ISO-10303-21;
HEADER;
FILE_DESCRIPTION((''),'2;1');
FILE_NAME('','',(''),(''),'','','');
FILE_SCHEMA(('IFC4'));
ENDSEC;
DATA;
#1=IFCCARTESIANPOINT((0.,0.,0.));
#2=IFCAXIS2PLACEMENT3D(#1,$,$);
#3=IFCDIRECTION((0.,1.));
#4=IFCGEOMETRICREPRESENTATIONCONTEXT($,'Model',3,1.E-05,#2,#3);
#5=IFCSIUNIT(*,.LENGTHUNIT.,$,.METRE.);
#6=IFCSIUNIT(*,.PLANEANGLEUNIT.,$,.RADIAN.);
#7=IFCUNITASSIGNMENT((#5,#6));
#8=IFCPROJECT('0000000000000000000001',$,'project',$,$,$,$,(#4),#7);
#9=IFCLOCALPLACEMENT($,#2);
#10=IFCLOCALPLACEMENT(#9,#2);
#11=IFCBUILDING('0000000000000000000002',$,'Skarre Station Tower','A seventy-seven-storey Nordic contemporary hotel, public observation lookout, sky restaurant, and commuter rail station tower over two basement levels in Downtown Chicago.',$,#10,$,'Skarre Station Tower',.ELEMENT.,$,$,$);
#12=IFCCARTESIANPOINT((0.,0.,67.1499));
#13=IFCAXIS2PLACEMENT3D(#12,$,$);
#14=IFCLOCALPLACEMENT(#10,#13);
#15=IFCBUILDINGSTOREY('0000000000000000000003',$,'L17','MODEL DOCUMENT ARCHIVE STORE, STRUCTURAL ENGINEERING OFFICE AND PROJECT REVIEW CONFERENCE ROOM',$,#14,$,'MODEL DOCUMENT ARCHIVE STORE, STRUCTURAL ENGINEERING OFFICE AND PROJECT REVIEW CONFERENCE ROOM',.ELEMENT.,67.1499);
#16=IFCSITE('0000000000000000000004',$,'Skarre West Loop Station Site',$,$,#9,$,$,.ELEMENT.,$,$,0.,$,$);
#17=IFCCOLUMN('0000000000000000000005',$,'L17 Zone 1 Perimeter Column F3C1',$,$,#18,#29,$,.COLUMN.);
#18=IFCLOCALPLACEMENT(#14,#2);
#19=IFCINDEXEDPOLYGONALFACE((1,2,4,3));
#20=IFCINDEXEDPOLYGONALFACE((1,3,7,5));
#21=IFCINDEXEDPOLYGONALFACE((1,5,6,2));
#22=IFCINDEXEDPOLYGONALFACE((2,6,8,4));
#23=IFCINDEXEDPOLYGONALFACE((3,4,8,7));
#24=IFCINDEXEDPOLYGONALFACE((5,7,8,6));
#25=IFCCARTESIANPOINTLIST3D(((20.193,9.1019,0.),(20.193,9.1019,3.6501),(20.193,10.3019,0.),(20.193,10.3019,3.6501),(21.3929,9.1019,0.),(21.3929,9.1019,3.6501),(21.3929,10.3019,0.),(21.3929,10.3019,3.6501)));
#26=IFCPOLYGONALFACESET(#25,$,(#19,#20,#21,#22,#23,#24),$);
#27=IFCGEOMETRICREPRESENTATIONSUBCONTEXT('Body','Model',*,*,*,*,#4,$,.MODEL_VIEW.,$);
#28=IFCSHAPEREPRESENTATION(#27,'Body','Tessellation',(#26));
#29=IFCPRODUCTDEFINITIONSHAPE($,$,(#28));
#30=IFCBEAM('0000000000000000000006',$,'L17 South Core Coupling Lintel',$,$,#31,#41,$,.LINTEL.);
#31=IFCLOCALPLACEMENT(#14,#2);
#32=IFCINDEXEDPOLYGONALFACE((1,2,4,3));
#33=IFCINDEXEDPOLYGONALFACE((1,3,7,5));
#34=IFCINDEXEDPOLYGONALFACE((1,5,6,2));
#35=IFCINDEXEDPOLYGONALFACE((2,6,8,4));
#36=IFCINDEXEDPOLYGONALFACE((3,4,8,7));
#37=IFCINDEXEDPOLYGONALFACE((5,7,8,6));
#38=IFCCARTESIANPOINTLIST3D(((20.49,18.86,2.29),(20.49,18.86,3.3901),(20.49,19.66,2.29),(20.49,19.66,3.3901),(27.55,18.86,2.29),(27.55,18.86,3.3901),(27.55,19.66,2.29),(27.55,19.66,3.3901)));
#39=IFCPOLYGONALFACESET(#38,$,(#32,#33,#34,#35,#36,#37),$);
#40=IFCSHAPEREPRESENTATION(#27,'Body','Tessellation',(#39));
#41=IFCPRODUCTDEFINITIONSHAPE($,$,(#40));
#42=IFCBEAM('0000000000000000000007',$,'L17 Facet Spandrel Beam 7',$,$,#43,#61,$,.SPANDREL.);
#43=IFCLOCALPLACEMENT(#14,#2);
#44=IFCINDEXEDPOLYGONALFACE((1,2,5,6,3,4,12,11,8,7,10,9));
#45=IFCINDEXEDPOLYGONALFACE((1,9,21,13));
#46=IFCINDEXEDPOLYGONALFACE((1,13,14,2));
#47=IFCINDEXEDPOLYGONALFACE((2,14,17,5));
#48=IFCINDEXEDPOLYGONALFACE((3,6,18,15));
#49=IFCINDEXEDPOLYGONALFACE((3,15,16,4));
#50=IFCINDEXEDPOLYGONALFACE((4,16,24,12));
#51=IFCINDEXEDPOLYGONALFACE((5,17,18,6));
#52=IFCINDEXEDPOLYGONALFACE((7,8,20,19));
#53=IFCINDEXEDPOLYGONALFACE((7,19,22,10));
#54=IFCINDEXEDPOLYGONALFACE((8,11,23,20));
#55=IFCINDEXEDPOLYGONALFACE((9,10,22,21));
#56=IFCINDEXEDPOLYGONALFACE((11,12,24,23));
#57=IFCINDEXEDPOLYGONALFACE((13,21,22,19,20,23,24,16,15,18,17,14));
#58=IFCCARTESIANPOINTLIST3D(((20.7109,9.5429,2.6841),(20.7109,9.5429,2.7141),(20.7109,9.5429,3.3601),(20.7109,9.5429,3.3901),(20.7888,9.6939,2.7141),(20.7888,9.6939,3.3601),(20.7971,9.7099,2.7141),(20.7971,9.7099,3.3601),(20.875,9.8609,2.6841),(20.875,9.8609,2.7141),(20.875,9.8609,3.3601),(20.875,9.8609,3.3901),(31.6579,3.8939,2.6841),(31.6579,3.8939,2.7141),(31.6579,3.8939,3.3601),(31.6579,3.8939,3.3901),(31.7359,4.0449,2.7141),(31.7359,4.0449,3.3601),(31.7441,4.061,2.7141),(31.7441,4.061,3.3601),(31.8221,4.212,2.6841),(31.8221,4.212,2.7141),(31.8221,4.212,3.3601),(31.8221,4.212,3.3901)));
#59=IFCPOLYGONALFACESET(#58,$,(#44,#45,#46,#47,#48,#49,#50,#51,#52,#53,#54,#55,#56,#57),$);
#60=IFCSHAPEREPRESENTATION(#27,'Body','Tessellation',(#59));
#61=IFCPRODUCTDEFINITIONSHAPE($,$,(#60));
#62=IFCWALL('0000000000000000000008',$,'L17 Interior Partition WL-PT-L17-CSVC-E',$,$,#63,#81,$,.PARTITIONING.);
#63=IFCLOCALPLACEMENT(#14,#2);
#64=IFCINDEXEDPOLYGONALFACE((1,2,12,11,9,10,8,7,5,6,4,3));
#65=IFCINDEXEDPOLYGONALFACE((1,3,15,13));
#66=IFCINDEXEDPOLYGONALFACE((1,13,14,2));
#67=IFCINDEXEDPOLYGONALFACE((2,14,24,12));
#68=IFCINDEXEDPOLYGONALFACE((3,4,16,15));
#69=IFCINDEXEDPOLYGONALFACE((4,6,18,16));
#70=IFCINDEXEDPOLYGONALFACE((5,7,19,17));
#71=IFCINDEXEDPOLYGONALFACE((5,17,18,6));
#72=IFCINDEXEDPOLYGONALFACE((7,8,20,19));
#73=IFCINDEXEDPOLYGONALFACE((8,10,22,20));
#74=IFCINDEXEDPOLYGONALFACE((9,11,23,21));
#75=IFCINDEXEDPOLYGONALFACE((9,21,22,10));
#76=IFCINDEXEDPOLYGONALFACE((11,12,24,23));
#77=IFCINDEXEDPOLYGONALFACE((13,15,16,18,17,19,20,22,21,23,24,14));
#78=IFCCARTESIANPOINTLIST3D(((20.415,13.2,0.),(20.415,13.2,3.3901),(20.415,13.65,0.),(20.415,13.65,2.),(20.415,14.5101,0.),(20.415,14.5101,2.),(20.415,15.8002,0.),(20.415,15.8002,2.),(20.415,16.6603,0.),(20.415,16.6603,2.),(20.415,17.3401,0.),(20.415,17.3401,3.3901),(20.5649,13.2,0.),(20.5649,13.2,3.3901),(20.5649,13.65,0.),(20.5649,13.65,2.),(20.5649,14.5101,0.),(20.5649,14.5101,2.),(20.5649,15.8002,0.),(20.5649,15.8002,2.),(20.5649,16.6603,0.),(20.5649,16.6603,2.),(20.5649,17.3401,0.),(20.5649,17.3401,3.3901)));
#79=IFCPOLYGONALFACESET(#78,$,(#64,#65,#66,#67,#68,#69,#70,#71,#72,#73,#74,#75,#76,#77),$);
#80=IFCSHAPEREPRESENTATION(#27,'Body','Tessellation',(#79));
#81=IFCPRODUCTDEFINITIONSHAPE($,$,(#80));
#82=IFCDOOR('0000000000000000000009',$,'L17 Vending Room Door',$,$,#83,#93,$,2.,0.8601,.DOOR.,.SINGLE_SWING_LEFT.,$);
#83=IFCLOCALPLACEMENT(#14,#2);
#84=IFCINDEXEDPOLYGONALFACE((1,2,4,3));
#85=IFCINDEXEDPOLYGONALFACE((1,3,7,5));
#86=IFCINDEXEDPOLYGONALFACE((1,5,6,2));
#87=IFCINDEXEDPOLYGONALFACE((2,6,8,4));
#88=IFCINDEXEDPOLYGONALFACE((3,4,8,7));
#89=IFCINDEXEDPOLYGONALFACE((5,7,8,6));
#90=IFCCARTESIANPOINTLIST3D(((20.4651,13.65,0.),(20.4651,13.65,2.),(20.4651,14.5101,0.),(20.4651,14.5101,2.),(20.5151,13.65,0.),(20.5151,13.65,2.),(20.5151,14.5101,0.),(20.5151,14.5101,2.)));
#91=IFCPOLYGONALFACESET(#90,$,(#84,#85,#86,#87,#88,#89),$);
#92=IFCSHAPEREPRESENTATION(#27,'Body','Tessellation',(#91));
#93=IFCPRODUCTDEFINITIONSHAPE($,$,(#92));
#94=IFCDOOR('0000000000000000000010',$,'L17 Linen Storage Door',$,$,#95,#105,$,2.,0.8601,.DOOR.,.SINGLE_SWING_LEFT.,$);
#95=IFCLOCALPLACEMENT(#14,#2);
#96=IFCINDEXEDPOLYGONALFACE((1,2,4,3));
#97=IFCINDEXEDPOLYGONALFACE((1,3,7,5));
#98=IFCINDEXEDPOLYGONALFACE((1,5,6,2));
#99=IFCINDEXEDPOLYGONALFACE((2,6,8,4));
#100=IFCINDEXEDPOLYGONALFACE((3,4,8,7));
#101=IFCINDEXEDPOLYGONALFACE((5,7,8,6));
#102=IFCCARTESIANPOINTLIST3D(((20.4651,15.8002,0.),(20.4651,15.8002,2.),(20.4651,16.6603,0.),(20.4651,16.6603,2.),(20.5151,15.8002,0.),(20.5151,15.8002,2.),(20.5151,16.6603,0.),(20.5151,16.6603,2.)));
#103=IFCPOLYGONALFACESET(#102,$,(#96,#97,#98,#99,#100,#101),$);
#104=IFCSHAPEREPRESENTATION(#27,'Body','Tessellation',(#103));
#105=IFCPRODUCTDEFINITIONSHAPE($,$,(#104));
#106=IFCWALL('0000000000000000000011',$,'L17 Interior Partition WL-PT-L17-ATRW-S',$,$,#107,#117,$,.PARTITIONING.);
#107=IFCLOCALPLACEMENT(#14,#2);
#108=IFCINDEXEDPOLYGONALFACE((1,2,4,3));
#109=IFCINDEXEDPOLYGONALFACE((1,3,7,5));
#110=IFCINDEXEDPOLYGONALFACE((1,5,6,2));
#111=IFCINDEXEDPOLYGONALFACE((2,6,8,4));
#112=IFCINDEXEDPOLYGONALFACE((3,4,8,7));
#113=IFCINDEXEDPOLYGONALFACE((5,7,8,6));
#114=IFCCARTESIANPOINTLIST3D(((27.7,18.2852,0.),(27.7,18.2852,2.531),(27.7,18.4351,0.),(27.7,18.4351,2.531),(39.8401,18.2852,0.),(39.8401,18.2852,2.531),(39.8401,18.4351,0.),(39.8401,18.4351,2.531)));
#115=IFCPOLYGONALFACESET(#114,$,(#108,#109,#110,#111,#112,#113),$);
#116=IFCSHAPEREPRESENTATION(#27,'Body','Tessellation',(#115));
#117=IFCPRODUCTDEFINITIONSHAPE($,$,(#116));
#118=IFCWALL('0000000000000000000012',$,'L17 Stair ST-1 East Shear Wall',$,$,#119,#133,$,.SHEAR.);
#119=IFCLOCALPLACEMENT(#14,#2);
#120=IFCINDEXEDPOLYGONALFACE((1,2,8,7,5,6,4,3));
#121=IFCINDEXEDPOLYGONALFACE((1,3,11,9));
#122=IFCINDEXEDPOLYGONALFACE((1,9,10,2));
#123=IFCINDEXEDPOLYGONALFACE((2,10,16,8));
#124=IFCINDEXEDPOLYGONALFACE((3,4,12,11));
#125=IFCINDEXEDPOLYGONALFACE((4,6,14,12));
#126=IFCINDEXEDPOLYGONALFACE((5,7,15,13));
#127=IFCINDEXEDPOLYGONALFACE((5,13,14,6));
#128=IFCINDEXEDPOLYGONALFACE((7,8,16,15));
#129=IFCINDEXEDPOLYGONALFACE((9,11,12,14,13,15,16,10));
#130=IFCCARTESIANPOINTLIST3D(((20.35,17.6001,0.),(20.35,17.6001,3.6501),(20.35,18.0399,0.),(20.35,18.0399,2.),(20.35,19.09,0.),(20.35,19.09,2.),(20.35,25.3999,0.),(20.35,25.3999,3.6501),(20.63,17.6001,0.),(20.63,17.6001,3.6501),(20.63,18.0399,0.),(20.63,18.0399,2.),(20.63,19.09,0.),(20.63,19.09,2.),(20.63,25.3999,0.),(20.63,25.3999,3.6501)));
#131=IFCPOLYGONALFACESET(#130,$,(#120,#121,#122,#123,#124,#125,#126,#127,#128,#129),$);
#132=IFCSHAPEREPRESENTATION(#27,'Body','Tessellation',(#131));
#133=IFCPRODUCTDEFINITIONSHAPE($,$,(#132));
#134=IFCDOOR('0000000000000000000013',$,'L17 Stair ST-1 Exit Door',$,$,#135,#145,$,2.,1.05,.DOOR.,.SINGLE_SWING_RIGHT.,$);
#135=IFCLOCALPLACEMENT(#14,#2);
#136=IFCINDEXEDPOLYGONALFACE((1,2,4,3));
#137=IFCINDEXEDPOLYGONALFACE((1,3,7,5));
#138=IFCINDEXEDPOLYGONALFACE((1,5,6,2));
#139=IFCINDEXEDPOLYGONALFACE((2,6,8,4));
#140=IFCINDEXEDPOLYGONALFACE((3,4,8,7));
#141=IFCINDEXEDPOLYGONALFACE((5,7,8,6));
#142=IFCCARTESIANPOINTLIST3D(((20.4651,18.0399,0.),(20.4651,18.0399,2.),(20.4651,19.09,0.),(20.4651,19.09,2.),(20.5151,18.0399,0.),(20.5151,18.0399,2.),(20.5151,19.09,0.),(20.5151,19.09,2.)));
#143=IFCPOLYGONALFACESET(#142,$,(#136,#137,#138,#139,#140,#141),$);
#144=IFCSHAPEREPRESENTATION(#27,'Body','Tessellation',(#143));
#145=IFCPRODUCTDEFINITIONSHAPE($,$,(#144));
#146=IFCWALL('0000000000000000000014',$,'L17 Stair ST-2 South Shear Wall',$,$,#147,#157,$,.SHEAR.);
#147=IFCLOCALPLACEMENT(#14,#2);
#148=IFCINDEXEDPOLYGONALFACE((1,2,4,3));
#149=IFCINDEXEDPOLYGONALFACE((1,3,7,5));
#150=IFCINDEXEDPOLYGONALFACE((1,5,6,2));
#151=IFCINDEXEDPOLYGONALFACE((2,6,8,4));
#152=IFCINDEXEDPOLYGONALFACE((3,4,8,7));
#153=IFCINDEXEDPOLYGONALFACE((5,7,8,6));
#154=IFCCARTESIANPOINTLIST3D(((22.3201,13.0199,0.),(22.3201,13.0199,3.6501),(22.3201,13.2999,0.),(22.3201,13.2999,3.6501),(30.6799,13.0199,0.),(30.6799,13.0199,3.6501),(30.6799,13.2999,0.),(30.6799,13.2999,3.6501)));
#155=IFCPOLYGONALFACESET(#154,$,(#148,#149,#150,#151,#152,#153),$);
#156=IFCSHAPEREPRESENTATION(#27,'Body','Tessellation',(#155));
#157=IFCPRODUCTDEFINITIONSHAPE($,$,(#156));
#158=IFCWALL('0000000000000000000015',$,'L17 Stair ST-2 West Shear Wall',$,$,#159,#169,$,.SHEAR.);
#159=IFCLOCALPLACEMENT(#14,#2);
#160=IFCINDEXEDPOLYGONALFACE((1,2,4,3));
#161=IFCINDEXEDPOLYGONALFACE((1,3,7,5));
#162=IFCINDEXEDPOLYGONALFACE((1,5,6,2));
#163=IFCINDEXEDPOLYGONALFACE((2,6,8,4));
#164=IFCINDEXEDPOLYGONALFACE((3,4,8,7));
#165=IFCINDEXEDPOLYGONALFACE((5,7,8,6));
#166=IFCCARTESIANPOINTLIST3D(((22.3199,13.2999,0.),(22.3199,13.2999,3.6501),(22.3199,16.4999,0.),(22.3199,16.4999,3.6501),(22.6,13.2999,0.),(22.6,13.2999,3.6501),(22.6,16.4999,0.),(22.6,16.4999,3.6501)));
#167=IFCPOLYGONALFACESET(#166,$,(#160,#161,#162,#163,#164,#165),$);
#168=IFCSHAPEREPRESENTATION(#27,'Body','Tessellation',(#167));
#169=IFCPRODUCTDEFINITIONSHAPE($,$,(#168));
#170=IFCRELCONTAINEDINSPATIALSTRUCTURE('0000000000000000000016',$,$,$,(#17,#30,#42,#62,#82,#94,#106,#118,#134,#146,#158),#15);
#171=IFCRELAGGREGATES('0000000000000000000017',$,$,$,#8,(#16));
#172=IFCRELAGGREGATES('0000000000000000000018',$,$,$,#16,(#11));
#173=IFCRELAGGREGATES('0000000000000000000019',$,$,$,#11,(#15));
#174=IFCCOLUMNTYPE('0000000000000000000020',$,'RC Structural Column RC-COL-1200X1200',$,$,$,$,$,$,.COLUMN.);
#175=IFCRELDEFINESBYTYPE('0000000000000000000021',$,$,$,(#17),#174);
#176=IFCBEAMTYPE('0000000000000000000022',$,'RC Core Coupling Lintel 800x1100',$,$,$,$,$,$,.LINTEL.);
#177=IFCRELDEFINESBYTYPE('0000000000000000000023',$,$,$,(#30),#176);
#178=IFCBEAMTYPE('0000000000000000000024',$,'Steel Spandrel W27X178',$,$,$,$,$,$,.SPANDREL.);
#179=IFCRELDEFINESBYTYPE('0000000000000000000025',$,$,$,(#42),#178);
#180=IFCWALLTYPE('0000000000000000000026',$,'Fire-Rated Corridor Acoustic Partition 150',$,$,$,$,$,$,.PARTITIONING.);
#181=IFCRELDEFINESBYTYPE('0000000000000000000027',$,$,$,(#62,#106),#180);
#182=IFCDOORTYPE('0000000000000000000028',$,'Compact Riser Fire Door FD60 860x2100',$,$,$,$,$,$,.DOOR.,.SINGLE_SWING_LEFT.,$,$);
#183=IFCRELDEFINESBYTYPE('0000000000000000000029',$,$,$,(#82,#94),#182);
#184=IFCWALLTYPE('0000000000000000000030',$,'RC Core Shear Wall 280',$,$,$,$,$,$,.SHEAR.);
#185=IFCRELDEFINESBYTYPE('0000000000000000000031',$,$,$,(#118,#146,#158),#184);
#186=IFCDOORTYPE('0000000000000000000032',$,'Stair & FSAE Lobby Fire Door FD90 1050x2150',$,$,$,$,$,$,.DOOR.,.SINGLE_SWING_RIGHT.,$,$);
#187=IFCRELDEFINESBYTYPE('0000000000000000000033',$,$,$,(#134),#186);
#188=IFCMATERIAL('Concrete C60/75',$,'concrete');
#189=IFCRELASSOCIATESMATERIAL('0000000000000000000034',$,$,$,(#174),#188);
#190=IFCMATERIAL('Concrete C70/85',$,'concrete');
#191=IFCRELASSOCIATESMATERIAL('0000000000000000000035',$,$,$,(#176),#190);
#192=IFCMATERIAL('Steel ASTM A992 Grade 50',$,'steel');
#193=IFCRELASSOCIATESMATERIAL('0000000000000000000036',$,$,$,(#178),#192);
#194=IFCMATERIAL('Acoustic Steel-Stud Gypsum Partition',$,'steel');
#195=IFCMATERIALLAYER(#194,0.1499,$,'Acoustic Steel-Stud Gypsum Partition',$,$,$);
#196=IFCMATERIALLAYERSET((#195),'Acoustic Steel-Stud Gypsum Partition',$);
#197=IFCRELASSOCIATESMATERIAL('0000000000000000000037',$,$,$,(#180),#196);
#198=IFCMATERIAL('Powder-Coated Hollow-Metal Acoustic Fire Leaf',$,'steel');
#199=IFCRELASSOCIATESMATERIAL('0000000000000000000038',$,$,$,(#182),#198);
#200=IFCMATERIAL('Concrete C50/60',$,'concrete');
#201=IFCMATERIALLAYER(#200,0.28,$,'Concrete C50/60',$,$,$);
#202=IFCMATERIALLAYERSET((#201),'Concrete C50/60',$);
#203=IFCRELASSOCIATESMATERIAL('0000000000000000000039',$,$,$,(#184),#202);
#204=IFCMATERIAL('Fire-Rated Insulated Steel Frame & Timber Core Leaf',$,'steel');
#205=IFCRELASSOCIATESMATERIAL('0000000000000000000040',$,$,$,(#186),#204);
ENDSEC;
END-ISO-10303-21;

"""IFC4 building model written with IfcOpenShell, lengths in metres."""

from ifc_helpers import new_model, si_unit, direction, frame, frame_2d, origin, origin_2d, place, context, subcontext, project, spatial, rectangle, i_section, extrude, material, layer, layer_set, material_profile, profile_set, type_object, element, fill, save


model = new_model("IFC4")

# Units and contexts
model_context = context("Model", 3, precision=1e-05, world=origin(), true_north=direction((0.0, 1.0)))
body_context = subcontext(model_context, "Body", "Model", "MODEL_VIEW")
ifc_project = project(units=[si_unit("LENGTHUNIT", "METRE"), si_unit("PLANEANGLEUNIT", "RADIAN")], contexts=[model_context])

# Site, building, storey
site_placement = place(None, origin())
site = spatial("IfcSite", under=ifc_project, at=site_placement, Name="Skarre West Loop Station Site", CompositionType="ELEMENT", RefElevation=0.0)
building_placement = place(site_placement, origin())
building = spatial("IfcBuilding", under=site, at=building_placement, Name="Skarre Station Tower", Description="A seventy-seven-storey Nordic contemporary hotel, public observation lookout, sky restaurant, and commuter rail station tower over two basement levels in Downtown Chicago.", LongName="Skarre Station Tower", CompositionType="ELEMENT")
storey_placement = place(building_placement, frame((0.0, 0.0, 67.1499)))
storey = spatial("IfcBuildingStorey", under=building, at=storey_placement, Name="L17", Description="MODEL DOCUMENT ARCHIVE STORE, STRUCTURAL ENGINEERING OFFICE AND PROJECT REVIEW CONFERENCE ROOM", LongName="MODEL DOCUMENT ARCHIVE STORE, STRUCTURAL ENGINEERING OFFICE AND PROJECT REVIEW CONFERENCE ROOM", CompositionType="ELEMENT", Elevation=67.1499)

# Column
ifc_material_1 = material(Name="Concrete C60/75", Category="concrete")
ifc_material_profile_1 = material_profile(ifc_material_1, rectangle(XDim=1.2, YDim=1.2, at=origin_2d()), Name="Concrete C60/75")
ifc_profile_set_1 = profile_set([ifc_material_profile_1], Name="Concrete C60/75")
column_type = type_object("IfcColumnType", Name="RC Structural Column RC-COL-1200X1200", PredefinedType="COLUMN", material=ifc_profile_set_1)
column_placement = place(storey_placement, frame((20.793, 9.7019, 0.0), z_axis=(0.0, 0.0, 1.0), x_axis=(1.0, 0.0, 0.0)))
element("IfcColumn", 1, at=column_placement, inside=storey, type_object=column_type, Name="L17 Zone 1 Perimeter Column F3C1", PredefinedType="COLUMN", context=body_context, shape_type="SweptSolid", body=[
    extrude(rectangle(XDim=1.2, YDim=1.2, at=origin_2d()), origin(), (0.0, 0.0, 1.0), 3.6501),
])

# Beams
ifc_material_2 = material(Name="Concrete C70/85", Category="concrete")
ifc_material_profile_2 = material_profile(ifc_material_2, rectangle(XDim=0.8, YDim=1.1001, at=origin_2d()), Name="Concrete C70/85")
ifc_profile_set_2 = profile_set([ifc_material_profile_2], Name="Concrete C70/85")
beam_type_1 = type_object("IfcBeamType", Name="RC Core Coupling Lintel 800x1100", PredefinedType="LINTEL", material=ifc_profile_set_2)
beam_1_placement = place(storey_placement, frame((20.49, 19.26, 2.8401), z_axis=(1.0, 0.0, 0.0), x_axis=(0.0, 1.0, 0.0)))
element("IfcBeam", 2, at=beam_1_placement, inside=storey, type_object=beam_type_1, Name="L17 South Core Coupling Lintel", PredefinedType="LINTEL", context=body_context, shape_type="SweptSolid", body=[
    extrude(rectangle(XDim=0.8, YDim=1.1001, at=origin_2d()), origin(), (0.0, 0.0, 1.0), 7.0601),
])
ifc_material_3 = material(Name="Steel ASTM A992 Grade 50", Category="steel")
ifc_material_profile_3 = material_profile(ifc_material_3, i_section(OverallWidth=0.3579, OverallDepth=0.7061, WebThickness=0.0181, FlangeThickness=0.03, at=origin_2d()), Name="Steel ASTM A992 Grade 50")
ifc_profile_set_3 = profile_set([ifc_material_profile_3], Name="Steel ASTM A992 Grade 50")
beam_type_2 = type_object("IfcBeamType", Name="Steel Spandrel W27X178", PredefinedType="SPANDREL", material=ifc_profile_set_3)
beam_2_placement = place(storey_placement, frame((20.793, 9.7019, 3.0371), z_axis=(0.888659, -0.458569, 0.0), x_axis=(0.458569, 0.888659, 0.0)))
element("IfcBeam", 3, at=beam_2_placement, inside=storey, type_object=beam_type_2, Name="L17 Facet Spandrel Beam 7", PredefinedType="SPANDREL", context=body_context, shape_type="SweptSolid", body=[
    extrude(i_section(OverallWidth=0.3579, OverallDepth=0.7061, WebThickness=0.0181, FlangeThickness=0.03, at=origin_2d()), origin(), (0.0, 0.0, 1.0), 12.3186),
])

# Wall, openings, doors
ifc_material_4 = material(Name="Acoustic Steel-Stud Gypsum Partition", Category="steel")
ifc_layer_1 = layer(ifc_material_4, 0.1499, Name="Acoustic Steel-Stud Gypsum Partition")
ifc_layer_set_1 = layer_set([ifc_layer_1], Name="Acoustic Steel-Stud Gypsum Partition")
wall_type_1 = type_object("IfcWallType", Name="Fire-Rated Corridor Acoustic Partition 150", PredefinedType="PARTITIONING", material=ifc_layer_set_1)
wall_1_placement = place(storey_placement, frame((20.49, 13.2, 0.0), z_axis=(0.0, 0.0, 1.0), x_axis=(0.0, 1.0, 0.0)))
wall_1 = element("IfcWall", 4, at=wall_1_placement, inside=storey, type_object=wall_type_1, Name="L17 Interior Partition WL-PT-L17-CSVC-E", PredefinedType="PARTITIONING", context=body_context, shape_type="SweptSolid", body=[
    extrude(rectangle(XDim=4.1401, YDim=0.1499, at=frame_2d((2.0701, 0.0))), origin(), (0.0, 0.0, 1.0), 3.3901),
])
opening_1_placement = place(wall_1_placement, frame((0.45, 0.0, 0.0)))
opening_1 = element("IfcOpeningElement", 5, at=opening_1_placement, cuts=wall_1, PredefinedType="OPENING", context=body_context, shape_type="SweptSolid", body=[
    extrude(rectangle(XDim=0.8601, YDim=2.0, at=frame_2d((0.4302, 1.0))), frame((0.0, 0.085, 0.0), z_axis=(0.0, -1.0, 0.0), x_axis=(1.0, 0.0, 0.0)), (0.0, 0.0, 1.0), 0.1699),
])
opening_2_placement = place(wall_1_placement, frame((2.6001, 0.0, 0.0)))
opening_2 = element("IfcOpeningElement", 6, at=opening_2_placement, cuts=wall_1, PredefinedType="OPENING", context=body_context, shape_type="SweptSolid", body=[
    extrude(rectangle(XDim=0.8601, YDim=2.0, at=frame_2d((0.4302, 1.0))), frame((0.0, 0.085, 0.0), z_axis=(0.0, -1.0, 0.0), x_axis=(1.0, 0.0, 0.0)), (0.0, 0.0, 1.0), 0.1699),
])
ifc_material_5 = material(Name="Powder-Coated Hollow-Metal Acoustic Fire Leaf", Category="steel")
door_type_1 = type_object("IfcDoorType", Name="Compact Riser Fire Door FD60 860x2100", OperationType="SINGLE_SWING_LEFT", PredefinedType="DOOR", material=ifc_material_5)
door_1_placement = place(opening_1_placement, origin())
door_1 = element("IfcDoor", 7, at=door_1_placement, inside=storey, type_object=door_type_1, Name="L17 Vending Room Door", OperationType="SINGLE_SWING_LEFT", OverallHeight=2.0, OverallWidth=0.8601, PredefinedType="DOOR", context=body_context, shape_type="SweptSolid", body=[
    extrude(rectangle(XDim=0.8601, YDim=2.0, at=frame_2d((0.4302, 1.0))), frame((0.0, 0.0249, 0.0), z_axis=(0.0, -1.0, 0.0), x_axis=(1.0, 0.0, 0.0)), (0.0, 0.0, 1.0), 0.05),
])
fill(opening_1, door_1)
door_2_placement = place(opening_2_placement, origin())
door_2 = element("IfcDoor", 8, at=door_2_placement, inside=storey, type_object=door_type_1, Name="L17 Linen Storage Door", OperationType="SINGLE_SWING_LEFT", OverallHeight=2.0, OverallWidth=0.8601, PredefinedType="DOOR", context=body_context, shape_type="SweptSolid", body=[
    extrude(rectangle(XDim=0.8601, YDim=2.0, at=frame_2d((0.4302, 1.0))), frame((0.0, 0.0249, 0.0), z_axis=(0.0, -1.0, 0.0), x_axis=(1.0, 0.0, 0.0)), (0.0, 0.0, 1.0), 0.05),
])
fill(opening_2, door_2)

# Wall
wall_2_placement = place(storey_placement, frame((27.7, 18.3601, 0.0), z_axis=(0.0, 0.0, 1.0), x_axis=(1.0, 0.0, 0.0)))
element("IfcWall", 9, at=wall_2_placement, inside=storey, type_object=wall_type_1, Name="L17 Interior Partition WL-PT-L17-ATRW-S", PredefinedType="PARTITIONING", context=body_context, shape_type="SweptSolid", body=[
    extrude(rectangle(XDim=12.1401, YDim=0.1499, at=frame_2d((6.0701, 0.0))), origin(), (0.0, 0.0, 1.0), 2.531),
])

# Wall, opening, door
ifc_material_6 = material(Name="Concrete C50/60", Category="concrete")
ifc_layer_2 = layer(ifc_material_6, 0.28, Name="Concrete C50/60")
ifc_layer_set_2 = layer_set([ifc_layer_2], Name="Concrete C50/60")
wall_type_2 = type_object("IfcWallType", Name="RC Core Shear Wall 280", PredefinedType="SHEAR", material=ifc_layer_set_2)
wall_3_placement = place(storey_placement, frame((20.49, 17.6001, 0.0), z_axis=(0.0, 0.0, 1.0), x_axis=(0.0, 1.0, 0.0)))
wall_3 = element("IfcWall", 10, at=wall_3_placement, inside=storey, type_object=wall_type_2, Name="L17 Stair ST-1 East Shear Wall", PredefinedType="SHEAR", context=body_context, shape_type="SweptSolid", body=[
    extrude(rectangle(XDim=7.7998, YDim=0.28, at=frame_2d((3.8999, 0.0))), origin(), (0.0, 0.0, 1.0), 3.6501),
])
opening_3_placement = place(wall_3_placement, frame((0.4399, 0.0, 0.0)))
opening_3 = element("IfcOpeningElement", 11, at=opening_3_placement, cuts=wall_3, PredefinedType="OPENING", context=body_context, shape_type="SweptSolid", body=[
    extrude(rectangle(XDim=1.05, YDim=2.0, at=frame_2d((0.5249, 1.0))), frame((0.0, 0.1499, 0.0), z_axis=(0.0, -1.0, 0.0), x_axis=(1.0, 0.0, 0.0)), (0.0, 0.0, 1.0), 0.3),
])
ifc_material_7 = material(Name="Fire-Rated Insulated Steel Frame & Timber Core Leaf", Category="steel")
door_type_2 = type_object("IfcDoorType", Name="Stair & FSAE Lobby Fire Door FD90 1050x2150", OperationType="SINGLE_SWING_RIGHT", PredefinedType="DOOR", material=ifc_material_7)
door_3_placement = place(opening_3_placement, origin())
door_3 = element("IfcDoor", 12, at=door_3_placement, inside=storey, type_object=door_type_2, Name="L17 Stair ST-1 Exit Door", OperationType="SINGLE_SWING_RIGHT", OverallHeight=2.0, OverallWidth=1.05, PredefinedType="DOOR", context=body_context, shape_type="SweptSolid", body=[
    extrude(rectangle(XDim=1.05, YDim=2.0, at=frame_2d((0.5249, 1.0))), frame((0.0, 0.0249, 0.0), z_axis=(0.0, -1.0, 0.0), x_axis=(1.0, 0.0, 0.0)), (0.0, 0.0, 1.0), 0.05),
])
fill(opening_3, door_3)

# Walls
wall_4_placement = place(storey_placement, frame((22.3201, 13.1599, 0.0), z_axis=(0.0, 0.0, 1.0), x_axis=(1.0, 0.0, 0.0)))
element("IfcWall", 13, at=wall_4_placement, inside=storey, type_object=wall_type_2, Name="L17 Stair ST-2 South Shear Wall", PredefinedType="SHEAR", context=body_context, shape_type="SweptSolid", body=[
    extrude(rectangle(XDim=8.3599, YDim=0.28, at=frame_2d((4.1799, 0.0))), origin(), (0.0, 0.0, 1.0), 3.6501),
])
wall_5_placement = place(storey_placement, frame((22.46, 16.5, 0.0), z_axis=(0.0, 0.0, 1.0), x_axis=(0.0, -1.0, 0.0)))
element("IfcWall", 14, at=wall_5_placement, inside=storey, type_object=wall_type_2, Name="L17 Stair ST-2 West Shear Wall", PredefinedType="SHEAR", context=body_context, shape_type="SweptSolid", body=[
    extrude(rectangle(XDim=3.2, YDim=0.28, at=frame_2d((1.6001, 0.0))), origin(), (0.0, 0.0, 1.0), 3.6501),
])

save(model, "model.ifc")
